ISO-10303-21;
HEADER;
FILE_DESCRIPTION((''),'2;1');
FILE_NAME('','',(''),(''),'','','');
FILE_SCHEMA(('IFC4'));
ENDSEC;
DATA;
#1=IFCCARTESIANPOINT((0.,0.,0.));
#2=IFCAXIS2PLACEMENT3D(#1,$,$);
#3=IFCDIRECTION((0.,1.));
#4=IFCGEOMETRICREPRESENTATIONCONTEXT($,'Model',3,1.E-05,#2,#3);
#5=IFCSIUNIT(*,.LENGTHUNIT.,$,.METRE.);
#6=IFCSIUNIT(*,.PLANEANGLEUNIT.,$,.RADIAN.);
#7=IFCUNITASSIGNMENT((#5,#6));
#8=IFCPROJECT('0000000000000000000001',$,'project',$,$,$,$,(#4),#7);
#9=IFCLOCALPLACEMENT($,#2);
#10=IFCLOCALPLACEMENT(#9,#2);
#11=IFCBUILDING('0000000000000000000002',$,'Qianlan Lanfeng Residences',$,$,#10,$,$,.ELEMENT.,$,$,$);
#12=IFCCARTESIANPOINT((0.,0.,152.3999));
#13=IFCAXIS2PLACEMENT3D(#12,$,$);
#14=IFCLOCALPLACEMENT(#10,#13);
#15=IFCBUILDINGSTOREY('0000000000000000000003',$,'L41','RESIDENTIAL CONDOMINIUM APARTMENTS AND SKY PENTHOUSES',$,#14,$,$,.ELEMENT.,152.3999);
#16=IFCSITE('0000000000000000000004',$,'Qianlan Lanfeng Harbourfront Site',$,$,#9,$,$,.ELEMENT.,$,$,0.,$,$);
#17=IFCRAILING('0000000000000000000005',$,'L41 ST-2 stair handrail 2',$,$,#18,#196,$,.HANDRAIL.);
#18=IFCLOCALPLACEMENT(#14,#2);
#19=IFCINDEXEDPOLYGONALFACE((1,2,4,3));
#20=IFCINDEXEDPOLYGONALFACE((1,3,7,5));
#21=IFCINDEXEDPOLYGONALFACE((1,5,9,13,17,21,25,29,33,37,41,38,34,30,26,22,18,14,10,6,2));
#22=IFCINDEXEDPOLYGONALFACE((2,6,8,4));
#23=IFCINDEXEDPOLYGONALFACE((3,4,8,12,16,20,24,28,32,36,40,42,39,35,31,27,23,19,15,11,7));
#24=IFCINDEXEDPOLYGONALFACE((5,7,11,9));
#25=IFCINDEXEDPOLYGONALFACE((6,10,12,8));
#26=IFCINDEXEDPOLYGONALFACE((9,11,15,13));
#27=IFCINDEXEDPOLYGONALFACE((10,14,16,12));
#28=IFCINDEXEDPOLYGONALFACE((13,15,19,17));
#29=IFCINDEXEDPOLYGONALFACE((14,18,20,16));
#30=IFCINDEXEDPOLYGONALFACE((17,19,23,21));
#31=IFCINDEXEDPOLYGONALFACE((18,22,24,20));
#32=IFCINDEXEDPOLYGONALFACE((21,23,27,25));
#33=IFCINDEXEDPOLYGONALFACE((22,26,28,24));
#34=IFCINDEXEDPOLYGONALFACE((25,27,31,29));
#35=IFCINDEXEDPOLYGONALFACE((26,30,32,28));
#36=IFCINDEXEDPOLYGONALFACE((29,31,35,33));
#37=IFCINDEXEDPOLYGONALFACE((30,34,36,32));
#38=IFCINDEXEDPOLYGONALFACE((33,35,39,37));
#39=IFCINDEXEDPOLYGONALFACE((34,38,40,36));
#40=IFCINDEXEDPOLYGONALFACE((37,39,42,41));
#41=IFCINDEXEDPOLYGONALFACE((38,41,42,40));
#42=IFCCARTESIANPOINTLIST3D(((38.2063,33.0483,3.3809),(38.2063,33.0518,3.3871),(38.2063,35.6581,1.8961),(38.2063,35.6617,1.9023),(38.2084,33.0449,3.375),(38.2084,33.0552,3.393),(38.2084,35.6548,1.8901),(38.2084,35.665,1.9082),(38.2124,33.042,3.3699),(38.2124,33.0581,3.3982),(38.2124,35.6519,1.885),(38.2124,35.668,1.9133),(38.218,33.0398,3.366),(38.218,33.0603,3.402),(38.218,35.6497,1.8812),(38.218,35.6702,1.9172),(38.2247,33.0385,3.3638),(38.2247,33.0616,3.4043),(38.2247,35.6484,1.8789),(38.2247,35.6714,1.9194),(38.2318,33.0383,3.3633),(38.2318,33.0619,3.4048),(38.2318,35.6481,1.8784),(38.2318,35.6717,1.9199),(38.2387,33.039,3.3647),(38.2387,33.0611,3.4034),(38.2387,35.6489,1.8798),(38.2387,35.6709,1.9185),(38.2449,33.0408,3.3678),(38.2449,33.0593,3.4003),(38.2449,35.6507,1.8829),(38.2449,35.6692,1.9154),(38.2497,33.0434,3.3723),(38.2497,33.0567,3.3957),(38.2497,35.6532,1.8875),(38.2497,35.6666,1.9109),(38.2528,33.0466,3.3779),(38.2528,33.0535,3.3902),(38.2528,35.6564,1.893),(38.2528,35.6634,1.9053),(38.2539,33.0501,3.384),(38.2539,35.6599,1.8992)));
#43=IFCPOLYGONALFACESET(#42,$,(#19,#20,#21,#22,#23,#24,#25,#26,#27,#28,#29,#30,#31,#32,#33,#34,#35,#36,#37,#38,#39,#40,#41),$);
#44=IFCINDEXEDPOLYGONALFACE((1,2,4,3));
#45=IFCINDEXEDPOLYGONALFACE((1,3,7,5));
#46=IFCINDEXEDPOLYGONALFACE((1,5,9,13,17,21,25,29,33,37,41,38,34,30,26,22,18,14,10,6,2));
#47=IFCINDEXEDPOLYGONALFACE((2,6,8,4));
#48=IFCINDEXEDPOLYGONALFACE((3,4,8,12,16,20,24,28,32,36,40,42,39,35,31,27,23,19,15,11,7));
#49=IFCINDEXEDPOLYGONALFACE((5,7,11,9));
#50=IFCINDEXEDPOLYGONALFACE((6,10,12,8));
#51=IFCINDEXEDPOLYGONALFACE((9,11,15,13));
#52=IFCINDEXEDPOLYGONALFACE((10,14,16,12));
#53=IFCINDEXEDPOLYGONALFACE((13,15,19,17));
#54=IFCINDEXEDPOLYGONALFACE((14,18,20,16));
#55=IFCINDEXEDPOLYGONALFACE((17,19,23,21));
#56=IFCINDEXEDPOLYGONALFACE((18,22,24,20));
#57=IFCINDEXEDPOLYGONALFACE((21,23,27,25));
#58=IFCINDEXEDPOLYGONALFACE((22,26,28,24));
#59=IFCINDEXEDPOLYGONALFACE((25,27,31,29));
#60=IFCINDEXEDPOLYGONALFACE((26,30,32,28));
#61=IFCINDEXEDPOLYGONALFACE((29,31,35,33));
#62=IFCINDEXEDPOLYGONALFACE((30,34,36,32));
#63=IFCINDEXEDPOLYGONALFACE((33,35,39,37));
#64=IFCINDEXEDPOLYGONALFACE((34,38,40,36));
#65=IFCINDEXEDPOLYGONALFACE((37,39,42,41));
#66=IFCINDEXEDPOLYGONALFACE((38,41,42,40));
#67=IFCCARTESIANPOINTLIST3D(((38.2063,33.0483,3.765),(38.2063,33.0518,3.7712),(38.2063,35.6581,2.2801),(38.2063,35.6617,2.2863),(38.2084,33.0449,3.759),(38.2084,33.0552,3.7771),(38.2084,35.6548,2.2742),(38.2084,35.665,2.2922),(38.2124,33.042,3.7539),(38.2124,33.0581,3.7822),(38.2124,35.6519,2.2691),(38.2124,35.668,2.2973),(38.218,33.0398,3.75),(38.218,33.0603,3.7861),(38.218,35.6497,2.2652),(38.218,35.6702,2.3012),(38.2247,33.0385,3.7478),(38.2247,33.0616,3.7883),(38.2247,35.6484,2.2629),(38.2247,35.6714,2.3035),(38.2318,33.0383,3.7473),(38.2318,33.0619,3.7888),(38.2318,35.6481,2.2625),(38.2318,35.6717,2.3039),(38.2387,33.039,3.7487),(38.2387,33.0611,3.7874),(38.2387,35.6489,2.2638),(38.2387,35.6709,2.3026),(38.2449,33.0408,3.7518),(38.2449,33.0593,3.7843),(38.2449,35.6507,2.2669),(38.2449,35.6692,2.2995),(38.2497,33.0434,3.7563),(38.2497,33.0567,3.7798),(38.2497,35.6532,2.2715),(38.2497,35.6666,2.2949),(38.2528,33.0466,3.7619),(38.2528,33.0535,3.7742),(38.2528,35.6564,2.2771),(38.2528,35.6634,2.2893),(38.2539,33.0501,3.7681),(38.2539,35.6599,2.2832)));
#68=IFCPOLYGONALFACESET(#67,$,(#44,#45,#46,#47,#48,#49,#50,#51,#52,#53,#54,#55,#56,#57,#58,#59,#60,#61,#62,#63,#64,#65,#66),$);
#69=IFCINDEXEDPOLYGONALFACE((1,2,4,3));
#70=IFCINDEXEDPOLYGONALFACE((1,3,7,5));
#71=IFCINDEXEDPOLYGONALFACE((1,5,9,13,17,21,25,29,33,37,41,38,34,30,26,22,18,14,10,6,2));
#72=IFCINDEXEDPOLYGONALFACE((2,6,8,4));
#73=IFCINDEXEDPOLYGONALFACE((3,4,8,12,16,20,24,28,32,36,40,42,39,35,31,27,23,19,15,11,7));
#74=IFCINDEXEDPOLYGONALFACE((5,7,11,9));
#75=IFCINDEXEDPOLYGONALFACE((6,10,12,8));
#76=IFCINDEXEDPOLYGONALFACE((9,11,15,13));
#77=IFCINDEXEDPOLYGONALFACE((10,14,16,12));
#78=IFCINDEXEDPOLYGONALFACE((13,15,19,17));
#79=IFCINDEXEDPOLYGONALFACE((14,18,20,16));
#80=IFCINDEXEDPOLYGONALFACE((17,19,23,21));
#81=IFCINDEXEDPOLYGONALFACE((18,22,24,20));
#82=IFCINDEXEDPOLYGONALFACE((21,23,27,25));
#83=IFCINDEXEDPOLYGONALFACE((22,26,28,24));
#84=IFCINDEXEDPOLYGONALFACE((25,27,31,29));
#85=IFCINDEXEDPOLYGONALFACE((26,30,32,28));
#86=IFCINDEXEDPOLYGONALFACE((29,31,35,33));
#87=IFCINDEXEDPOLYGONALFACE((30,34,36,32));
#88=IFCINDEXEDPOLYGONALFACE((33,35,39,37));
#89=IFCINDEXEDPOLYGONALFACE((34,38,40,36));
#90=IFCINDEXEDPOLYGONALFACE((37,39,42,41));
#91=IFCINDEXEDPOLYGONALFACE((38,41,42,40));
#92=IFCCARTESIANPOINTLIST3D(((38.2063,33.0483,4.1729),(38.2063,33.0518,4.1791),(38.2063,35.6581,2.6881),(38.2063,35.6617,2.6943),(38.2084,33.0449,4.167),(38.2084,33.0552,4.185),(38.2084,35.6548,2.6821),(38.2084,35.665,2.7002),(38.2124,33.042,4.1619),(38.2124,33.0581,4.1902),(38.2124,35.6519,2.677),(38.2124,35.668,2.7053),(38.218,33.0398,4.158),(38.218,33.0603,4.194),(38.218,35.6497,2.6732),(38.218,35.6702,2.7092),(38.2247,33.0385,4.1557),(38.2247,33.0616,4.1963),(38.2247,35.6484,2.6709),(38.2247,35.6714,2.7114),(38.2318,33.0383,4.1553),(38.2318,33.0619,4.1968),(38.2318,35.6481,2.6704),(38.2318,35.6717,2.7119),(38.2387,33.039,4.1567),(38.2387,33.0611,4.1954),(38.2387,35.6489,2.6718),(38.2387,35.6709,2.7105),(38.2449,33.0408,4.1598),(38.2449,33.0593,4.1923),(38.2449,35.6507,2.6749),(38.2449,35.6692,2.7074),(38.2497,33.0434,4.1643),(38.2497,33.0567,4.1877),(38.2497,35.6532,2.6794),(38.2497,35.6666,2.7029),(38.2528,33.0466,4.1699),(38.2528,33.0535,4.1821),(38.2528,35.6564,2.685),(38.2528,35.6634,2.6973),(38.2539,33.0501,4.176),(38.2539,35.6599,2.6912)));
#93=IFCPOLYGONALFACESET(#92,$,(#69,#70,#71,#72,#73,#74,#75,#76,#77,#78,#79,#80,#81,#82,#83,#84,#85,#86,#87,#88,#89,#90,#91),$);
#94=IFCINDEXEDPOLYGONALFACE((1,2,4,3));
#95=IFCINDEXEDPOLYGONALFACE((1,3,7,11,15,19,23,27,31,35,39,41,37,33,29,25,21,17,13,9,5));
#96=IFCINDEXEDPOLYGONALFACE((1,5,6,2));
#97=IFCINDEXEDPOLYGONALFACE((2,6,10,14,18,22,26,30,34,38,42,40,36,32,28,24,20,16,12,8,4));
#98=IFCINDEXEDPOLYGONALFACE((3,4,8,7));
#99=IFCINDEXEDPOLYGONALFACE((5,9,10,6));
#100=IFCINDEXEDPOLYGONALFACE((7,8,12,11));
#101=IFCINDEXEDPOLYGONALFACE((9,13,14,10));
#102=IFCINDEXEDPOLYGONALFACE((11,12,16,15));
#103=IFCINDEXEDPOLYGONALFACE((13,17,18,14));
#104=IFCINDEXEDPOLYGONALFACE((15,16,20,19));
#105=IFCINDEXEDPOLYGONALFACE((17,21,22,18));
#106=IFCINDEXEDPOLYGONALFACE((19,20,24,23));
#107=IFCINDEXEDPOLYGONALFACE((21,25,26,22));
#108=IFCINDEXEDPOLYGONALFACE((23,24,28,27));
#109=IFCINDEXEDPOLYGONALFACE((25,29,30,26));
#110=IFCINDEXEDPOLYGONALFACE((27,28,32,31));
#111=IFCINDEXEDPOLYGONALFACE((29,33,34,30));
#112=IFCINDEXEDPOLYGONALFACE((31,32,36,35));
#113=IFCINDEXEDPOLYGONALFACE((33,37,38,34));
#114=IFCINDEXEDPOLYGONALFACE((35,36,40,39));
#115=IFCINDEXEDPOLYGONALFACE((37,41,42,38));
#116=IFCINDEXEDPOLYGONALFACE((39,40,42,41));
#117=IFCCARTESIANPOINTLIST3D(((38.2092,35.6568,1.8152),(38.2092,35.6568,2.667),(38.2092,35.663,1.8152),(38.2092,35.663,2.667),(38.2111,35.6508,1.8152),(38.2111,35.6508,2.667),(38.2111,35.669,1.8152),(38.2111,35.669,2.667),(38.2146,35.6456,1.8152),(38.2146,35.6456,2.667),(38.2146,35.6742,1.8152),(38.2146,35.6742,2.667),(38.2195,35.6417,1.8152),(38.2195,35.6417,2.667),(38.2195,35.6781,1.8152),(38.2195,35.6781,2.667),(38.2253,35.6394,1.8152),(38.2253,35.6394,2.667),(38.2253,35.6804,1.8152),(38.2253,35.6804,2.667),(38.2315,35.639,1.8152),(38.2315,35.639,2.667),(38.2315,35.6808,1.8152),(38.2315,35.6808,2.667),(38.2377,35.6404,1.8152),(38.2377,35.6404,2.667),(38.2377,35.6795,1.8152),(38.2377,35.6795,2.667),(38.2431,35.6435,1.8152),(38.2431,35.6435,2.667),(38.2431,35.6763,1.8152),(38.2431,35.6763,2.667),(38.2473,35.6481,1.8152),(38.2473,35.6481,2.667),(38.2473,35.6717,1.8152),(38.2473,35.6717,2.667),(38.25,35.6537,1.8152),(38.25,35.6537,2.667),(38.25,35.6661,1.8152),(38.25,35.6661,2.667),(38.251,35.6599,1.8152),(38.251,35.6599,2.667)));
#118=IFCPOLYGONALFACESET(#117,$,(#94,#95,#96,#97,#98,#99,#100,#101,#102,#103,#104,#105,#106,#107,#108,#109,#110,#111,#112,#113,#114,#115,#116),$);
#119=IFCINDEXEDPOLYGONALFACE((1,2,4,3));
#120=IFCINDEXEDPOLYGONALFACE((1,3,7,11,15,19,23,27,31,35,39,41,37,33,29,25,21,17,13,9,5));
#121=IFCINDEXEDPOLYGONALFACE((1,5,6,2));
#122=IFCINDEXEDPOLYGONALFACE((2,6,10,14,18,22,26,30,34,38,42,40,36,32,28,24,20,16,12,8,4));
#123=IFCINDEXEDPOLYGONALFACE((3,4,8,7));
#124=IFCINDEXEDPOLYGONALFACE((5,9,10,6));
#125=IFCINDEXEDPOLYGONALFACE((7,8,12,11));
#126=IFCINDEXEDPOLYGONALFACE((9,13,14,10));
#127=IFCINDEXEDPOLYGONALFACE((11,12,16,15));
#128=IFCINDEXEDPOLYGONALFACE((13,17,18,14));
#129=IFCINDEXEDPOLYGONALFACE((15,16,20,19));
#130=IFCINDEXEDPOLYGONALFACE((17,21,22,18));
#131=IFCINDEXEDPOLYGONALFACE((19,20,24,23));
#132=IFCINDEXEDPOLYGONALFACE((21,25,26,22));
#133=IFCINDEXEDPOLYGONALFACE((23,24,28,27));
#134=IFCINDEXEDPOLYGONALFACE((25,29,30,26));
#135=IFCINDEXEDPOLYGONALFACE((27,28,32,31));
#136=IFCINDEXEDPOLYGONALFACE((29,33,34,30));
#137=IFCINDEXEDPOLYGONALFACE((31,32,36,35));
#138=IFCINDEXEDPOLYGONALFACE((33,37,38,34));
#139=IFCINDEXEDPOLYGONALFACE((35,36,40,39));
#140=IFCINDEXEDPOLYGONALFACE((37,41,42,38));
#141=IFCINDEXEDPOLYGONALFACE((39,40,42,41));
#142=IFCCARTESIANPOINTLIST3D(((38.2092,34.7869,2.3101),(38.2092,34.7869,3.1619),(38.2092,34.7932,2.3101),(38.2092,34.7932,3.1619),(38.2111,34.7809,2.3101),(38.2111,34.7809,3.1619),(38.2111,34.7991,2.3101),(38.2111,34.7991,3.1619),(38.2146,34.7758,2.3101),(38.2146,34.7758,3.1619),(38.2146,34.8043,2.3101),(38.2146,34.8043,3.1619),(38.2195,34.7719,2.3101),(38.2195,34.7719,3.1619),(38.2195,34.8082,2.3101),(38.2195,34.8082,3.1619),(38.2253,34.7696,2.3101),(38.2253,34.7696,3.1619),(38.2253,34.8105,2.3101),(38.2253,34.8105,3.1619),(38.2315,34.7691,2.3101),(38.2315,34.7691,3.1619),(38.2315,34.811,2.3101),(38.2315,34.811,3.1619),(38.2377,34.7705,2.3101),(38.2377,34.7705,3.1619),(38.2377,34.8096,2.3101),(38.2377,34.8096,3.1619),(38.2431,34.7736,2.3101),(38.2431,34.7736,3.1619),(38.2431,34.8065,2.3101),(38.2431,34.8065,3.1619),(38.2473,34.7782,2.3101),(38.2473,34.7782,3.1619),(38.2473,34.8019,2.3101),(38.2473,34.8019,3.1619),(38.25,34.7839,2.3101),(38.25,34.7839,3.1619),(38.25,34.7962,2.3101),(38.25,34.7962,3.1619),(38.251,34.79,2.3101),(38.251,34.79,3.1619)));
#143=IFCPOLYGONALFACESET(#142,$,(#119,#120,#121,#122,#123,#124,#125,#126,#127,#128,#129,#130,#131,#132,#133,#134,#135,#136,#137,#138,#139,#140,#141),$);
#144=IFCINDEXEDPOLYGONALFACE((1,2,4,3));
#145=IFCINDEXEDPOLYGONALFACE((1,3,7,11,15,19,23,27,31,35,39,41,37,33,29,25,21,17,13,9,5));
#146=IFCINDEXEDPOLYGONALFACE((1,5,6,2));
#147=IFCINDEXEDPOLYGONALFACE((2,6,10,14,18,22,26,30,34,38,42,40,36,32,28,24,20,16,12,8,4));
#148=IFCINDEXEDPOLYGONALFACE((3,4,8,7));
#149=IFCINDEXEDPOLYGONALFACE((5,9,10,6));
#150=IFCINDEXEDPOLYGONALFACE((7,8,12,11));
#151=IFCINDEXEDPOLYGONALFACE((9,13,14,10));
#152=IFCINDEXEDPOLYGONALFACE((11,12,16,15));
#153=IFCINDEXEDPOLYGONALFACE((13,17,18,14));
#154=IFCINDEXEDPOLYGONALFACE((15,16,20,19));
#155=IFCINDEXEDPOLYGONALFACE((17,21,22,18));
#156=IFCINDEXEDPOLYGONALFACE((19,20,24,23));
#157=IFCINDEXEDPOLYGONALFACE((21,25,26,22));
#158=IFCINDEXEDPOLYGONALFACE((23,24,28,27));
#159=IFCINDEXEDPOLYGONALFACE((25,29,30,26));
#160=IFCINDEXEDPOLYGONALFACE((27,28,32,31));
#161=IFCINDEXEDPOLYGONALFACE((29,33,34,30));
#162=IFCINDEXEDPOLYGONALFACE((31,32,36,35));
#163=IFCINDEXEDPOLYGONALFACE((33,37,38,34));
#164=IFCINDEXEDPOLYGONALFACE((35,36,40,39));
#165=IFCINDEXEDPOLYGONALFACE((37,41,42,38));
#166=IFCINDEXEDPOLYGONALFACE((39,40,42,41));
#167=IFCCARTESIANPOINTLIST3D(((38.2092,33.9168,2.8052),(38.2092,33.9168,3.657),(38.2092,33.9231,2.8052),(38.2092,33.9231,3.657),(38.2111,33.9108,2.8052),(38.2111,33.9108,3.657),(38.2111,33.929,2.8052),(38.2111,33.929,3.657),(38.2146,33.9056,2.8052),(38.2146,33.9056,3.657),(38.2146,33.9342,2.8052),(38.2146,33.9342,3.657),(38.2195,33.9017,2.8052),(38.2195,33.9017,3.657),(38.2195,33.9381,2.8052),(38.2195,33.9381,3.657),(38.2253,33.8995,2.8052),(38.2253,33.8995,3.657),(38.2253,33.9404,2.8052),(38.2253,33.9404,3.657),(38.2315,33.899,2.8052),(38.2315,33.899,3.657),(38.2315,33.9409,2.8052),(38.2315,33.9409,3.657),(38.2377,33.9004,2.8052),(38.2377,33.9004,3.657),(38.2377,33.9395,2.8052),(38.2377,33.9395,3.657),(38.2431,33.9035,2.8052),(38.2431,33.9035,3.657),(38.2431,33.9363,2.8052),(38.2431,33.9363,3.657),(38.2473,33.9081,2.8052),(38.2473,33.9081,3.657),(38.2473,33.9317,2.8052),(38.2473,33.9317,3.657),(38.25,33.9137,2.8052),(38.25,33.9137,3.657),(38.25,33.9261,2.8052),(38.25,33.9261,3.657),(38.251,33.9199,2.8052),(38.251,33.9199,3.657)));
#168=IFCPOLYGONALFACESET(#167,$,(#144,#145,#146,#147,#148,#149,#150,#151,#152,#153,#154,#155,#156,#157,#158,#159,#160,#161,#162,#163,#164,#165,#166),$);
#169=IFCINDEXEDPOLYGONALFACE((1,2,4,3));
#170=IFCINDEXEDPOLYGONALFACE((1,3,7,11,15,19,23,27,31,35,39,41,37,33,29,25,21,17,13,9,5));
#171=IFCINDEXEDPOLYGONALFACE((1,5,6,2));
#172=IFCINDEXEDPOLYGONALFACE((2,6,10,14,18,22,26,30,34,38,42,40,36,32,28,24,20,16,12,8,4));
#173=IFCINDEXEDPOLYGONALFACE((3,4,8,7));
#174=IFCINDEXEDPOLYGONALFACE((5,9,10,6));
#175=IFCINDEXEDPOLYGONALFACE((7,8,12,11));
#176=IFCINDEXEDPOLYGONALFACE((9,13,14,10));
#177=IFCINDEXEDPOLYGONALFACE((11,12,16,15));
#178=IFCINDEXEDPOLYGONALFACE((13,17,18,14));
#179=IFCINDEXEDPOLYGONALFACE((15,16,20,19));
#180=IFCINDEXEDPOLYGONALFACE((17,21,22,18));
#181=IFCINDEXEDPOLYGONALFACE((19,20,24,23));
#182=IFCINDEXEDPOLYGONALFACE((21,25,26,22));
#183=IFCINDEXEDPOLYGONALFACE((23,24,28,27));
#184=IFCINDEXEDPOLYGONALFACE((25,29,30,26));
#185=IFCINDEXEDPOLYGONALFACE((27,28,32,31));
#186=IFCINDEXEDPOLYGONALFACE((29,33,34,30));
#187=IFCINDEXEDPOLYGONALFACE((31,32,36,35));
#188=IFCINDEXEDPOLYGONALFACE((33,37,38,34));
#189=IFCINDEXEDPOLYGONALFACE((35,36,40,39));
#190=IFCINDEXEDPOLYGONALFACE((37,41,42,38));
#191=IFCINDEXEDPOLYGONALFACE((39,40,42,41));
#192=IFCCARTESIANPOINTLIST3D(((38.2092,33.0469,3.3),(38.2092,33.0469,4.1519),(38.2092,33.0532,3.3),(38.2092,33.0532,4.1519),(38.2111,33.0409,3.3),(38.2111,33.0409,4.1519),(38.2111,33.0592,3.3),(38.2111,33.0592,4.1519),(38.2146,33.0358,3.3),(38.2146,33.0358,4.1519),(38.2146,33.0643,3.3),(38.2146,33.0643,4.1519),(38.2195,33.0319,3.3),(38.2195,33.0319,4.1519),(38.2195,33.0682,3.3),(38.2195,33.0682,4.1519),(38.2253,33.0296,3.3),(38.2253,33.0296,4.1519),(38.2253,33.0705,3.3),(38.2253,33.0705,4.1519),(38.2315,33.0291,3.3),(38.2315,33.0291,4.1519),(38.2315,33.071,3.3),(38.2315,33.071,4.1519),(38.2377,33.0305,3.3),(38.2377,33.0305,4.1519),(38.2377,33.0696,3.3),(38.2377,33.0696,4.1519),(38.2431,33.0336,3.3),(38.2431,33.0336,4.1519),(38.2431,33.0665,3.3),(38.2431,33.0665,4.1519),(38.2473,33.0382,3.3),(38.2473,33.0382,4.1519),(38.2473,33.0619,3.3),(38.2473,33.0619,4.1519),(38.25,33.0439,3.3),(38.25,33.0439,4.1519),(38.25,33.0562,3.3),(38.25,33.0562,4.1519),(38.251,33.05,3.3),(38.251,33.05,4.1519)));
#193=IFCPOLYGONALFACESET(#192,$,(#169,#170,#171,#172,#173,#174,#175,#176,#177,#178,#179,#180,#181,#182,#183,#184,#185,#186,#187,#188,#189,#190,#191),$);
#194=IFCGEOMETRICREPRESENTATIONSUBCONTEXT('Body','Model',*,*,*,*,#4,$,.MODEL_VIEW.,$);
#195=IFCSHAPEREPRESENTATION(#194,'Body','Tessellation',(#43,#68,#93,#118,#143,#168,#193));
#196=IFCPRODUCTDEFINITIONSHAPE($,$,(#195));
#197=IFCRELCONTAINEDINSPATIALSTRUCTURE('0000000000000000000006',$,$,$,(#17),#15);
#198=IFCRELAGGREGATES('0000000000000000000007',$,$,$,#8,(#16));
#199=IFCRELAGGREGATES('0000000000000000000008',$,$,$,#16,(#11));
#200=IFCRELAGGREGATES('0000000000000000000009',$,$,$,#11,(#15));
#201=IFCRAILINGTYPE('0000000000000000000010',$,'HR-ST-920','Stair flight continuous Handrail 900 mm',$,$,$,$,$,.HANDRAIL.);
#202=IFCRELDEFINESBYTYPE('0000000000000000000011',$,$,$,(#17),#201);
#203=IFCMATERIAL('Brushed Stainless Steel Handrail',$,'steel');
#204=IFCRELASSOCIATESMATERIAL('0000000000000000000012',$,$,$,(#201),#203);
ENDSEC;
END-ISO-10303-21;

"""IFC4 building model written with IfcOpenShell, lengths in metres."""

from ifc_helpers import new_model, si_unit, direction, frame, origin, origin_2d, place, context, subcontext, project, spatial, circle, extrude, material, type_object, element, save


model = new_model("IFC4")

# Units and contexts
model_context = context("Model", 3, precision=1e-05, world=origin(), true_north=direction((0.0, 1.0)))
body_context = subcontext(model_context, "Body", "Model", "MODEL_VIEW")
ifc_project = project(units=[si_unit("LENGTHUNIT", "METRE"), si_unit("PLANEANGLEUNIT", "RADIAN")], contexts=[model_context])

# Site, building, storey
site_placement = place(None, origin())
site = spatial("IfcSite", under=ifc_project, at=site_placement, Name="Qianlan Lanfeng Harbourfront Site", CompositionType="ELEMENT", RefElevation=0.0)
building_placement = place(site_placement, origin())
building = spatial("IfcBuilding", under=site, at=building_placement, Name="Qianlan Lanfeng Residences", CompositionType="ELEMENT")
storey_placement = place(building_placement, frame((0.0, 0.0, 152.3999)))
storey = spatial("IfcBuildingStorey", under=building, at=storey_placement, Name="L41", Description="RESIDENTIAL CONDOMINIUM APARTMENTS AND SKY PENTHOUSES", CompositionType="ELEMENT", Elevation=152.3999)

# Railing
ifc_material_1 = material(Name="Brushed Stainless Steel Handrail", Category="steel")
railing_type_1 = type_object("IfcRailingType", Name="HR-ST-920", Description="Stair flight continuous Handrail 900 mm", PredefinedType="HANDRAIL", material=ifc_material_1)
railing_1_placement = place(storey_placement, frame((38.23, 35.6599, 1.8152)))
element("IfcRailing", 1, at=railing_1_placement, inside=storey, type_object=railing_type_1, Name="L41 ST-2 stair handrail 2", PredefinedType="HANDRAIL", context=body_context, shape_type="SweptSolid", body=[
    extrude(circle(Radius=0.0239, at=origin_2d()), frame((0.0, 0.0, 0.084), z_axis=(0.0, -0.869172, 0.494509), x_axis=(1.0, 0.0, 0.0)), (0.0, 0.0, 1.0), 3.0027),
    extrude(circle(Radius=0.0239, at=origin_2d()), frame((0.0, 0.0, 0.468), z_axis=(0.0, -0.869172, 0.494509), x_axis=(1.0, 0.0, 0.0)), (0.0, 0.0, 1.0), 3.0027),
    extrude(circle(Radius=0.0239, at=origin_2d()), frame((0.0, 0.0, 0.876), z_axis=(0.0, -0.869172, 0.494509), x_axis=(1.0, 0.0, 0.0)), (0.0, 0.0, 1.0), 3.0027),
    extrude(circle(Radius=0.021, at=origin_2d()), origin(), (0.0, 0.0, 1.0), 0.8518),
    extrude(circle(Radius=0.021, at=origin_2d()), frame((0.0, -0.8699, 0.4949)), (0.0, 0.0, 1.0), 0.8518),
    extrude(circle(Radius=0.021, at=origin_2d()), frame((0.0, -1.74, 0.99)), (0.0, 0.0, 1.0), 0.8518),
    extrude(circle(Radius=0.021, at=origin_2d()), frame((0.0, -2.6099, 1.4849)), (0.0, 0.0, 1.0), 0.8518),
])

save(model, "model.ifc")
